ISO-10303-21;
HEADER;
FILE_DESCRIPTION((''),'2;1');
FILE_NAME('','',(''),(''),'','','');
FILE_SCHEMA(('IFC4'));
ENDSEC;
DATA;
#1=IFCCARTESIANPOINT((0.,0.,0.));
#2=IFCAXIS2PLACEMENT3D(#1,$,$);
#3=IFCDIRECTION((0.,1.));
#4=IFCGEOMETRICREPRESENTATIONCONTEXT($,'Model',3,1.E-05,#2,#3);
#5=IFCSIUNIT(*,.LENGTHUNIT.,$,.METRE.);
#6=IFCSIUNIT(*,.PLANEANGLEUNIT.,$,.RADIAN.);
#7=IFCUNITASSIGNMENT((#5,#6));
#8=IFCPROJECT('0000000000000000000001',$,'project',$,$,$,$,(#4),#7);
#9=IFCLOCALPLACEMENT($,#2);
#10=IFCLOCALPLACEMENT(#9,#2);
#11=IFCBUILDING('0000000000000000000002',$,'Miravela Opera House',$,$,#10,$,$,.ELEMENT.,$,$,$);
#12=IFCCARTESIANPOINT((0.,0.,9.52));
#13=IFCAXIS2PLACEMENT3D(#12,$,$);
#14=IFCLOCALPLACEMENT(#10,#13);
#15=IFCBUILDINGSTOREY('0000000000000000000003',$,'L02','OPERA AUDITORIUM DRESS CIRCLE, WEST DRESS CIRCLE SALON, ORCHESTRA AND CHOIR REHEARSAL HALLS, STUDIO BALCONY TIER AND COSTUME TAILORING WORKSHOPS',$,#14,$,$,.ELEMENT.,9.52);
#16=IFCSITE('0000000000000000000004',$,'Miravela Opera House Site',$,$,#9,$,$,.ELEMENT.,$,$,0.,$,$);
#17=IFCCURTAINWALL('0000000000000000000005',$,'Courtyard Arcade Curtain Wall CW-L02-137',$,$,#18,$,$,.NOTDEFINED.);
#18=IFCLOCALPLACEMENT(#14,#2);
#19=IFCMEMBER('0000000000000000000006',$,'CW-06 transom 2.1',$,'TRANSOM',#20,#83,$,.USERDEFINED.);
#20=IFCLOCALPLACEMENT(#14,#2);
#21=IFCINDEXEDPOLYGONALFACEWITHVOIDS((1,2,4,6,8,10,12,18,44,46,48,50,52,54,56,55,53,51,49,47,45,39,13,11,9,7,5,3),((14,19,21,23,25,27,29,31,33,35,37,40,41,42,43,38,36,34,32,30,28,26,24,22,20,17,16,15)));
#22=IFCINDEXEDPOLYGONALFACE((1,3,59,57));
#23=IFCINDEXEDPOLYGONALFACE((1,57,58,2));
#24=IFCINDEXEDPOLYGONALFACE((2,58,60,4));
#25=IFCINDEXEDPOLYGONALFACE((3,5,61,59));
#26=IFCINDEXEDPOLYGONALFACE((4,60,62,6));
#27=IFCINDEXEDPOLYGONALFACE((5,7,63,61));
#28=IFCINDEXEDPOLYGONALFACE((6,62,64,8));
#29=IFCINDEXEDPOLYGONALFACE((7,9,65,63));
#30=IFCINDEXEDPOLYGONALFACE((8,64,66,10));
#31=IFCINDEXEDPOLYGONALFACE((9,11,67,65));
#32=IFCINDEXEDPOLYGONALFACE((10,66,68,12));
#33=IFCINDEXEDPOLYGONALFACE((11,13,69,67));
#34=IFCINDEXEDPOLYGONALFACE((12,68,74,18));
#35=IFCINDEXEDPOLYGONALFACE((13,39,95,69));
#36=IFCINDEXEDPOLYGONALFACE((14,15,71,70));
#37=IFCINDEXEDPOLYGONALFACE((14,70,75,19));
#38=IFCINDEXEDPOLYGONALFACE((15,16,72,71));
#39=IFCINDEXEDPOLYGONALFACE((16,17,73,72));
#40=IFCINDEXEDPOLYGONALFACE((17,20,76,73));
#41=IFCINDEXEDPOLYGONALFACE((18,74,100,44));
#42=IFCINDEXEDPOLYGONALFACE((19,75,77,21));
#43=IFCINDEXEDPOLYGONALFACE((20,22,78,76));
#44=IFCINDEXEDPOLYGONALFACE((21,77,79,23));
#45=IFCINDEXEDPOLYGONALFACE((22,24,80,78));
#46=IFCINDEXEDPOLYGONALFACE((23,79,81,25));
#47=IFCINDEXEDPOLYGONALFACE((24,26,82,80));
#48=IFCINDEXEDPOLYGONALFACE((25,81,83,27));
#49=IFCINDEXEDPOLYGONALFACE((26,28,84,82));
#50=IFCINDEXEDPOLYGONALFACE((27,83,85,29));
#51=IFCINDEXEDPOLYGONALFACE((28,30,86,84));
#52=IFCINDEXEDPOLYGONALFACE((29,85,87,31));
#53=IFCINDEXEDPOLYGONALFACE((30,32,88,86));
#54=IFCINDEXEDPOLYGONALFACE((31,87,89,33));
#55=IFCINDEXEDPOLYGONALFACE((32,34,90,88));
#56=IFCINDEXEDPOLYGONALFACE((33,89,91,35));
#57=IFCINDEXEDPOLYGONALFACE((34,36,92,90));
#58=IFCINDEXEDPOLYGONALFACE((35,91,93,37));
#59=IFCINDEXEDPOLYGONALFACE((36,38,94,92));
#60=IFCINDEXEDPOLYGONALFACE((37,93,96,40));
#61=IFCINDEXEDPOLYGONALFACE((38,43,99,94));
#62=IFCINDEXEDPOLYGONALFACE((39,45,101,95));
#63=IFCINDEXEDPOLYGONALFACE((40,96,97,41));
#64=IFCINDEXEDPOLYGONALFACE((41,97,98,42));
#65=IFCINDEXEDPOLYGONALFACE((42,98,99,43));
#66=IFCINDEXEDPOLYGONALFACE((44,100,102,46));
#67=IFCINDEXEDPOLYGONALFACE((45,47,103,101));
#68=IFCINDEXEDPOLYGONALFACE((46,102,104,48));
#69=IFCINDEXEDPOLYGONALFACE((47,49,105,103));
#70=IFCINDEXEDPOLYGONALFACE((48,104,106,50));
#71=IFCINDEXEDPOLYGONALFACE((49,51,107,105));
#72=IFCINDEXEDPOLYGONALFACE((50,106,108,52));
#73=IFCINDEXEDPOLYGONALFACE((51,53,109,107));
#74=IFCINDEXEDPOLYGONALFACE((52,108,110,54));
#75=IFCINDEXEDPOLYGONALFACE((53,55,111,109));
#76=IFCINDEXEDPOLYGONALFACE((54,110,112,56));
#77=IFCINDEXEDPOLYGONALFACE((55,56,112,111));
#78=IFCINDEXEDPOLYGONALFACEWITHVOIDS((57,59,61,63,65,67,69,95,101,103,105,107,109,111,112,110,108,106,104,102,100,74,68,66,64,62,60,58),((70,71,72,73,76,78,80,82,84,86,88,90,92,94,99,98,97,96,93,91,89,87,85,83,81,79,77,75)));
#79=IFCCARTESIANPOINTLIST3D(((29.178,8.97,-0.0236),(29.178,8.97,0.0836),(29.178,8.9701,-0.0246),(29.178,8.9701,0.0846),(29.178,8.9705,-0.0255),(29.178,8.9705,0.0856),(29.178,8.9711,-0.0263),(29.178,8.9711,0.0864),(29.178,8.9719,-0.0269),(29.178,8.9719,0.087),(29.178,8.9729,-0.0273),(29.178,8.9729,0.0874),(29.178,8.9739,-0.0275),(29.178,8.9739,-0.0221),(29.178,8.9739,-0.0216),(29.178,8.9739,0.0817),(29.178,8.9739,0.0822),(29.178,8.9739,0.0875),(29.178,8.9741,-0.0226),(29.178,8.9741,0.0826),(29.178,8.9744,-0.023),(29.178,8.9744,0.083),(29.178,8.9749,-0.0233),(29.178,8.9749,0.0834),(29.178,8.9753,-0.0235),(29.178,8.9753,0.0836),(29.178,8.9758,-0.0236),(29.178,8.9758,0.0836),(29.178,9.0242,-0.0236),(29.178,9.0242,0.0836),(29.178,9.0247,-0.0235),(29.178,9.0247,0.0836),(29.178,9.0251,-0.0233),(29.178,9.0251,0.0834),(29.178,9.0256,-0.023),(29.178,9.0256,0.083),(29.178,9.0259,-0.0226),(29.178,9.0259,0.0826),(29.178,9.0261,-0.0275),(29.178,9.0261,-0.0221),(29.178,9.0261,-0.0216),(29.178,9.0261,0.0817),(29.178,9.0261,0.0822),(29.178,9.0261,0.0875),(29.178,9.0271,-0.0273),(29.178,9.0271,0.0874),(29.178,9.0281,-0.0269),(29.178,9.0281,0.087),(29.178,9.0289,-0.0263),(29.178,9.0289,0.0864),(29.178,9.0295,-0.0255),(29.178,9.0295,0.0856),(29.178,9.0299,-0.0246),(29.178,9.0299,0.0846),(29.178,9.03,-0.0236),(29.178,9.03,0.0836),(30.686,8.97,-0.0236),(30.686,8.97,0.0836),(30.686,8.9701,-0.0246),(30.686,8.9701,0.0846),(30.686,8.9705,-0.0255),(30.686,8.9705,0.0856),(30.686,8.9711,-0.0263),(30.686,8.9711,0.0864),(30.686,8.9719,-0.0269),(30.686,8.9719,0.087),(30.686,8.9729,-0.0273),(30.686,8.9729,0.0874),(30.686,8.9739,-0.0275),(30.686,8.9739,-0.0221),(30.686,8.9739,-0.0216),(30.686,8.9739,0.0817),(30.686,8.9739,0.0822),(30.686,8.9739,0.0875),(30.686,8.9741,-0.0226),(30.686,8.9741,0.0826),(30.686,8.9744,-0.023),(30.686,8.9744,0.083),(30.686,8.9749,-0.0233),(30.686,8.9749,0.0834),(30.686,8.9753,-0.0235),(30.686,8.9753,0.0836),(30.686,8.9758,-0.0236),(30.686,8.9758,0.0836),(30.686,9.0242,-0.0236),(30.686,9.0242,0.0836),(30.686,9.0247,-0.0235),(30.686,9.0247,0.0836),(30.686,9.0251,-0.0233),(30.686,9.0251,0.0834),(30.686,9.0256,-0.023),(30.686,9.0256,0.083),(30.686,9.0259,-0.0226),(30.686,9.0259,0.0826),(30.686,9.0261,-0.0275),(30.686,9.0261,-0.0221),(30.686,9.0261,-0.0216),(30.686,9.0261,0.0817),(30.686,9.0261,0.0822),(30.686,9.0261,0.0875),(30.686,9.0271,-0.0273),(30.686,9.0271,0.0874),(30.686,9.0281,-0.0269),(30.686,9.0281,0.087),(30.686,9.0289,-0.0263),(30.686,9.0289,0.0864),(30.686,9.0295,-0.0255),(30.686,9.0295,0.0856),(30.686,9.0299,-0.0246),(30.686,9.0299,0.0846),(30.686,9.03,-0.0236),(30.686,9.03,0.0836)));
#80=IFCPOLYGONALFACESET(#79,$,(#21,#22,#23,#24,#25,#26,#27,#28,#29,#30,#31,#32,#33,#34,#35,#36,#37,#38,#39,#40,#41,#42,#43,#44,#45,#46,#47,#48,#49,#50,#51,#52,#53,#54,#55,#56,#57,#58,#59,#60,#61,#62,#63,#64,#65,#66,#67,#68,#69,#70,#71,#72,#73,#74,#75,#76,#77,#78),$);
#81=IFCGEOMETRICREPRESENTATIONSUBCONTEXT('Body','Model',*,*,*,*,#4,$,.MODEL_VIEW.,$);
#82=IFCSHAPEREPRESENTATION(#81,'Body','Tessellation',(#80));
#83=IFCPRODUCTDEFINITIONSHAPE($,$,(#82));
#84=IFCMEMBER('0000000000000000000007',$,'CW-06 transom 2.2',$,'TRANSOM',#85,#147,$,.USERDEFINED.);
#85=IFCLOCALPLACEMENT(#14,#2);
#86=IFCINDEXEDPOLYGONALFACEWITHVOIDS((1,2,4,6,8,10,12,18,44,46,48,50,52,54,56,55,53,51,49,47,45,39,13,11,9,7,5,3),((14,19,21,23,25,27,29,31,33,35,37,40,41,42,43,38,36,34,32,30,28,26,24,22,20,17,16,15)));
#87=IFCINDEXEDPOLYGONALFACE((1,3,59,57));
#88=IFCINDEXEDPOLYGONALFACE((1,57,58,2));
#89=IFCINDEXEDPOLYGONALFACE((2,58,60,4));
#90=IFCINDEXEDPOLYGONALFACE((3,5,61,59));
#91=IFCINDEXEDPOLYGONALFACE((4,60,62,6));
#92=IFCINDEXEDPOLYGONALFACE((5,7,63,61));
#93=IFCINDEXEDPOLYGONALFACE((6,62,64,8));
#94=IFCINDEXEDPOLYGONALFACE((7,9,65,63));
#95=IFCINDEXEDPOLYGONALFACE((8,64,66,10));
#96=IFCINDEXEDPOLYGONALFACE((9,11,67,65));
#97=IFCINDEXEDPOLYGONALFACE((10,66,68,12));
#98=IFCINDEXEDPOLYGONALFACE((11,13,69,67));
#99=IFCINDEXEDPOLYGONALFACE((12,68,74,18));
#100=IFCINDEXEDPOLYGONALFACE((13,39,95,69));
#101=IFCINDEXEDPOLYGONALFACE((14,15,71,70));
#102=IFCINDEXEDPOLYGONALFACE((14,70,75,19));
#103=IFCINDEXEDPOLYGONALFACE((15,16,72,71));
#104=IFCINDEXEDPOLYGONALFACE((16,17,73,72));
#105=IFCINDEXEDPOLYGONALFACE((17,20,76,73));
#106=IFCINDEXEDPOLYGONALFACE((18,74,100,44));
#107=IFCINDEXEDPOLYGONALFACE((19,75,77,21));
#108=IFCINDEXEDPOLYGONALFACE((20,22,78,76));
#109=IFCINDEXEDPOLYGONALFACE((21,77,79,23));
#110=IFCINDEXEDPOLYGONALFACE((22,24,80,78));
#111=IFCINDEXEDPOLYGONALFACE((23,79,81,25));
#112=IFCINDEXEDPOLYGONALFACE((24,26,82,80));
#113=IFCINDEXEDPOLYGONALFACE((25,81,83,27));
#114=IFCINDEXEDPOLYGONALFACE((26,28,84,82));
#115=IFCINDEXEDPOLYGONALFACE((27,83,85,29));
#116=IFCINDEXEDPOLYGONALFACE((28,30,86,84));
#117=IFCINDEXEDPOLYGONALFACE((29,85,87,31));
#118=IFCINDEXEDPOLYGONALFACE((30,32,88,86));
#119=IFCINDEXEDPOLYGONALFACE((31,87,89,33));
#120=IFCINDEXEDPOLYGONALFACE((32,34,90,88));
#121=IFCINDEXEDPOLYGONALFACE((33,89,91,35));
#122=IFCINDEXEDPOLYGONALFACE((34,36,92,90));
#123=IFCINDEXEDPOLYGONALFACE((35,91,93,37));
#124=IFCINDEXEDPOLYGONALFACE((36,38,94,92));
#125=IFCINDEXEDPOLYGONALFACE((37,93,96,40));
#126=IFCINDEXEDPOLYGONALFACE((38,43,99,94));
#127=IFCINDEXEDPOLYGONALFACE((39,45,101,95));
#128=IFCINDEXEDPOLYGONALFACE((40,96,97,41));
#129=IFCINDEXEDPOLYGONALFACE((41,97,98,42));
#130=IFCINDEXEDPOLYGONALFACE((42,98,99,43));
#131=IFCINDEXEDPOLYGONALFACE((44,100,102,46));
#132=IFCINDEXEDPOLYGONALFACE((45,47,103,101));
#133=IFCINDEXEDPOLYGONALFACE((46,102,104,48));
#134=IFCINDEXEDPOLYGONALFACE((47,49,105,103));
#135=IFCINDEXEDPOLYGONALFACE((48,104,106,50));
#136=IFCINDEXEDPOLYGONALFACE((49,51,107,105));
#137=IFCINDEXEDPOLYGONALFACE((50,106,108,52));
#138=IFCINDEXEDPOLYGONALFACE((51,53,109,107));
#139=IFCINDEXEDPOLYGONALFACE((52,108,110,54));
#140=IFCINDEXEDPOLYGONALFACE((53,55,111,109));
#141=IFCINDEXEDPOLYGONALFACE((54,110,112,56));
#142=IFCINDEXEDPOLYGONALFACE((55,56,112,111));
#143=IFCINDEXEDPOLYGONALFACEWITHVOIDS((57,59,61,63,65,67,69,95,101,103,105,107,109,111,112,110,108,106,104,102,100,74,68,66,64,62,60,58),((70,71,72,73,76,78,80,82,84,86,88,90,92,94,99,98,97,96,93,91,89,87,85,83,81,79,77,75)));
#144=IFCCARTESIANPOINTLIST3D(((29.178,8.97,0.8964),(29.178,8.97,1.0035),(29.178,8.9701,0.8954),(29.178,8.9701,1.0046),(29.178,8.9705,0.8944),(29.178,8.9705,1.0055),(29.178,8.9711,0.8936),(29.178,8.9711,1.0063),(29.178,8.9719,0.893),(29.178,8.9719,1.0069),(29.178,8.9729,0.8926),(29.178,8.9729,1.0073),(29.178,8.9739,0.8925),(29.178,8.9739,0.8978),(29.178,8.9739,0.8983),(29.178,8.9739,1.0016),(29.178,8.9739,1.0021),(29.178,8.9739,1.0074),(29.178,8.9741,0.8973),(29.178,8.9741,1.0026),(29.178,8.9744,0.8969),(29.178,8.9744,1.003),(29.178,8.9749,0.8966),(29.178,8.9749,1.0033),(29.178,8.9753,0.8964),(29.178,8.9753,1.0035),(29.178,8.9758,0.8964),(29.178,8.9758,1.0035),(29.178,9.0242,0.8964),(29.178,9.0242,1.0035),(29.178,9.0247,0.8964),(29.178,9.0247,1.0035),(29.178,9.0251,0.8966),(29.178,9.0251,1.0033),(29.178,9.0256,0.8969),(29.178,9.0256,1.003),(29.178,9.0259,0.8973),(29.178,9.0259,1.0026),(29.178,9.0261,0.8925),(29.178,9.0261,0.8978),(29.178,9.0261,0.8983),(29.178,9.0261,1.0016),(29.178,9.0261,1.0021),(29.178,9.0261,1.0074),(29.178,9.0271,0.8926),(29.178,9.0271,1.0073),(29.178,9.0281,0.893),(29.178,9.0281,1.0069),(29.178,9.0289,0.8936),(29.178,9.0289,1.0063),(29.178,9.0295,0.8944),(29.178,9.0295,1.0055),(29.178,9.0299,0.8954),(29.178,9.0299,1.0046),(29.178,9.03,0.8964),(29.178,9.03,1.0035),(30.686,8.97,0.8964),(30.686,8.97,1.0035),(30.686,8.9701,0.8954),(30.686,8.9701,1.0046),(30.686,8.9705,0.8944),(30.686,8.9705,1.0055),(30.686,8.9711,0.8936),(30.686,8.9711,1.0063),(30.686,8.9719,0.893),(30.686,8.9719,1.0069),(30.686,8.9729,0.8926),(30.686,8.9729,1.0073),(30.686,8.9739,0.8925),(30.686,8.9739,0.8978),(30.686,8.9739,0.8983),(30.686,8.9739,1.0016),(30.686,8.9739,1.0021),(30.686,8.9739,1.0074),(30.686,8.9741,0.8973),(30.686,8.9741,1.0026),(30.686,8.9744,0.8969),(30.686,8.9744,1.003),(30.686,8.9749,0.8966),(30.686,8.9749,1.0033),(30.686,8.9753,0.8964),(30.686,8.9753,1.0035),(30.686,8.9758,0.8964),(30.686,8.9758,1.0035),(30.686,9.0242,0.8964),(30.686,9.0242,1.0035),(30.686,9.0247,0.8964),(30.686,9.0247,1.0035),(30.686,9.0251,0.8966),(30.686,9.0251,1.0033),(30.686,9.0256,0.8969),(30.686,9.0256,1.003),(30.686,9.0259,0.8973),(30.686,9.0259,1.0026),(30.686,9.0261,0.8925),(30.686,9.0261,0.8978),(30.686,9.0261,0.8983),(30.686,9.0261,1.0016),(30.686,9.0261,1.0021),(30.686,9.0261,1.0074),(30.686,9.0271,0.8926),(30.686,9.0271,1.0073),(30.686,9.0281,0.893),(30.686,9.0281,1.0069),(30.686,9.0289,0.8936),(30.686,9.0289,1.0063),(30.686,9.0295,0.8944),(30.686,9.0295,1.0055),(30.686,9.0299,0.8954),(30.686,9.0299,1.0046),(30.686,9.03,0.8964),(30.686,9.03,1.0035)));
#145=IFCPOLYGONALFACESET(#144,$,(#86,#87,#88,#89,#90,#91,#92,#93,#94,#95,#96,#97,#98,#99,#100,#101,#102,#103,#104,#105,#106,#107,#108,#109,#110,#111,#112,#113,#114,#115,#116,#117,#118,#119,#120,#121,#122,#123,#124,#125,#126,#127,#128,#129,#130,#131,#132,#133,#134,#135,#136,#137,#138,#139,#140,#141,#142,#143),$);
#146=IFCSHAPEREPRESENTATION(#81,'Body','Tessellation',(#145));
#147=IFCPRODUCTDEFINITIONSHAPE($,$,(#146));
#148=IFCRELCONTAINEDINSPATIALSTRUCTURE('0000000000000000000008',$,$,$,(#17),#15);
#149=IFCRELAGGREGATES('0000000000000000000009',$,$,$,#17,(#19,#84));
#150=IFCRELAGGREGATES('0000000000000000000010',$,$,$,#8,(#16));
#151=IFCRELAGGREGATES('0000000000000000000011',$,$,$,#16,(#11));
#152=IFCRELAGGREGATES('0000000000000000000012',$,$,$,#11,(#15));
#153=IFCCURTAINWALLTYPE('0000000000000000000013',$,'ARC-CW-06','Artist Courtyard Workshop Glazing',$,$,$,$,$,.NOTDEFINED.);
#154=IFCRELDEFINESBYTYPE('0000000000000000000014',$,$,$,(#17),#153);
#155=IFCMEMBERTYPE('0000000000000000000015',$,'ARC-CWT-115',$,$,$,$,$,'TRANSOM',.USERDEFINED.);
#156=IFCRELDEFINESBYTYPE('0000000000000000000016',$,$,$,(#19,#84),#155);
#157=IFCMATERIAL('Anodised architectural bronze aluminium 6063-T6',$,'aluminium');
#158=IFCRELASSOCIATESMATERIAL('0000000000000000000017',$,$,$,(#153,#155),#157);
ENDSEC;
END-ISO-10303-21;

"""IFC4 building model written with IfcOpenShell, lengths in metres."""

from ifc_helpers import new_model, si_unit, direction, frame, origin, origin_2d, place, context, subcontext, project, spatial, hollow_rectangle, extrude, material, material_profile, profile_set, type_object, element, aggregate, save


model = new_model("IFC4")

# Units and contexts
model_context = context("Model", 3, precision=1e-05, world=origin(), true_north=direction((0.0, 1.0)))
body_context = subcontext(model_context, "Body", "Model", "MODEL_VIEW")
ifc_project = project(units=[si_unit("LENGTHUNIT", "METRE"), si_unit("PLANEANGLEUNIT", "RADIAN")], contexts=[model_context])

# Site, building, storey
site_placement = place(None, origin())
site = spatial("IfcSite", under=ifc_project, at=site_placement, Name="Miravela Opera House Site", CompositionType="ELEMENT", RefElevation=0.0)
building_placement = place(site_placement, origin())
building = spatial("IfcBuilding", under=site, at=building_placement, Name="Miravela Opera House", CompositionType="ELEMENT")
storey_placement = place(building_placement, frame((0.0, 0.0, 9.52)))
storey = spatial("IfcBuildingStorey", under=building, at=storey_placement, Name="L02", Description="OPERA AUDITORIUM DRESS CIRCLE, WEST DRESS CIRCLE SALON, ORCHESTRA AND CHOIR REHEARSAL HALLS, STUDIO BALCONY TIER AND COSTUME TAILORING WORKSHOPS", CompositionType="ELEMENT", Elevation=9.52)

# Curtain wall, members
ifc_material_1 = material(Name="Anodised architectural bronze aluminium 6063-T6", Category="aluminium")
curtain_wall_type = type_object("IfcCurtainWallType", Name="ARC-CW-06", Description="Artist Courtyard Workshop Glazing", PredefinedType="NOTDEFINED", material=ifc_material_1)
curtain_wall_placement = place(storey_placement, origin())
curtain_wall = element("IfcCurtainWall", 1, at=curtain_wall_placement, inside=storey, type_object=curtain_wall_type, Name="Courtyard Arcade Curtain Wall CW-L02-137", PredefinedType="NOTDEFINED")
ifc_material_profile_1 = material_profile(ifc_material_1, hollow_rectangle(XDim=0.0601, YDim=0.115, WallThickness=0.0039, InnerFilletRadius=0.002, OuterFilletRadius=0.0039, at=origin_2d()), Name="CWT-60X115")
ifc_profile_set_1 = profile_set([ifc_material_profile_1])
member_type_1 = type_object("IfcMemberType", Name="ARC-CWT-115", ElementType="TRANSOM", PredefinedType="USERDEFINED", material=ifc_profile_set_1)
member_1_placement = place(storey_placement, frame((29.178, 9.0, 0.03), z_axis=(1.0, 0.0, 0.0), x_axis=(0.0, 1.0, 0.0)))
member_1 = element("IfcMember", 2, at=member_1_placement, type_object=member_type_1, Name="CW-06 transom 2.1", ObjectType="TRANSOM", PredefinedType="USERDEFINED", context=body_context, shape_type="SweptSolid", body=[
    extrude(hollow_rectangle(XDim=0.0601, YDim=0.115, WallThickness=0.0039, InnerFilletRadius=0.002, OuterFilletRadius=0.0039, at=origin_2d()), origin(), (0.0, 0.0, 1.0), 1.5081),
])
member_2_placement = place(storey_placement, frame((29.178, 9.0, 0.95), z_axis=(1.0, 0.0, 0.0), x_axis=(0.0, 1.0, 0.0)))
member_2 = element("IfcMember", 3, at=member_2_placement, type_object=member_type_1, Name="CW-06 transom 2.2", ObjectType="TRANSOM", PredefinedType="USERDEFINED", context=body_context, shape_type="SweptSolid", body=[
    extrude(hollow_rectangle(XDim=0.0601, YDim=0.115, WallThickness=0.0039, InnerFilletRadius=0.002, OuterFilletRadius=0.0039, at=origin_2d()), origin(), (0.0, 0.0, 1.0), 1.5081),
])

aggregate(curtain_wall, [member_1, member_2])

save(model, "model.ifc")
